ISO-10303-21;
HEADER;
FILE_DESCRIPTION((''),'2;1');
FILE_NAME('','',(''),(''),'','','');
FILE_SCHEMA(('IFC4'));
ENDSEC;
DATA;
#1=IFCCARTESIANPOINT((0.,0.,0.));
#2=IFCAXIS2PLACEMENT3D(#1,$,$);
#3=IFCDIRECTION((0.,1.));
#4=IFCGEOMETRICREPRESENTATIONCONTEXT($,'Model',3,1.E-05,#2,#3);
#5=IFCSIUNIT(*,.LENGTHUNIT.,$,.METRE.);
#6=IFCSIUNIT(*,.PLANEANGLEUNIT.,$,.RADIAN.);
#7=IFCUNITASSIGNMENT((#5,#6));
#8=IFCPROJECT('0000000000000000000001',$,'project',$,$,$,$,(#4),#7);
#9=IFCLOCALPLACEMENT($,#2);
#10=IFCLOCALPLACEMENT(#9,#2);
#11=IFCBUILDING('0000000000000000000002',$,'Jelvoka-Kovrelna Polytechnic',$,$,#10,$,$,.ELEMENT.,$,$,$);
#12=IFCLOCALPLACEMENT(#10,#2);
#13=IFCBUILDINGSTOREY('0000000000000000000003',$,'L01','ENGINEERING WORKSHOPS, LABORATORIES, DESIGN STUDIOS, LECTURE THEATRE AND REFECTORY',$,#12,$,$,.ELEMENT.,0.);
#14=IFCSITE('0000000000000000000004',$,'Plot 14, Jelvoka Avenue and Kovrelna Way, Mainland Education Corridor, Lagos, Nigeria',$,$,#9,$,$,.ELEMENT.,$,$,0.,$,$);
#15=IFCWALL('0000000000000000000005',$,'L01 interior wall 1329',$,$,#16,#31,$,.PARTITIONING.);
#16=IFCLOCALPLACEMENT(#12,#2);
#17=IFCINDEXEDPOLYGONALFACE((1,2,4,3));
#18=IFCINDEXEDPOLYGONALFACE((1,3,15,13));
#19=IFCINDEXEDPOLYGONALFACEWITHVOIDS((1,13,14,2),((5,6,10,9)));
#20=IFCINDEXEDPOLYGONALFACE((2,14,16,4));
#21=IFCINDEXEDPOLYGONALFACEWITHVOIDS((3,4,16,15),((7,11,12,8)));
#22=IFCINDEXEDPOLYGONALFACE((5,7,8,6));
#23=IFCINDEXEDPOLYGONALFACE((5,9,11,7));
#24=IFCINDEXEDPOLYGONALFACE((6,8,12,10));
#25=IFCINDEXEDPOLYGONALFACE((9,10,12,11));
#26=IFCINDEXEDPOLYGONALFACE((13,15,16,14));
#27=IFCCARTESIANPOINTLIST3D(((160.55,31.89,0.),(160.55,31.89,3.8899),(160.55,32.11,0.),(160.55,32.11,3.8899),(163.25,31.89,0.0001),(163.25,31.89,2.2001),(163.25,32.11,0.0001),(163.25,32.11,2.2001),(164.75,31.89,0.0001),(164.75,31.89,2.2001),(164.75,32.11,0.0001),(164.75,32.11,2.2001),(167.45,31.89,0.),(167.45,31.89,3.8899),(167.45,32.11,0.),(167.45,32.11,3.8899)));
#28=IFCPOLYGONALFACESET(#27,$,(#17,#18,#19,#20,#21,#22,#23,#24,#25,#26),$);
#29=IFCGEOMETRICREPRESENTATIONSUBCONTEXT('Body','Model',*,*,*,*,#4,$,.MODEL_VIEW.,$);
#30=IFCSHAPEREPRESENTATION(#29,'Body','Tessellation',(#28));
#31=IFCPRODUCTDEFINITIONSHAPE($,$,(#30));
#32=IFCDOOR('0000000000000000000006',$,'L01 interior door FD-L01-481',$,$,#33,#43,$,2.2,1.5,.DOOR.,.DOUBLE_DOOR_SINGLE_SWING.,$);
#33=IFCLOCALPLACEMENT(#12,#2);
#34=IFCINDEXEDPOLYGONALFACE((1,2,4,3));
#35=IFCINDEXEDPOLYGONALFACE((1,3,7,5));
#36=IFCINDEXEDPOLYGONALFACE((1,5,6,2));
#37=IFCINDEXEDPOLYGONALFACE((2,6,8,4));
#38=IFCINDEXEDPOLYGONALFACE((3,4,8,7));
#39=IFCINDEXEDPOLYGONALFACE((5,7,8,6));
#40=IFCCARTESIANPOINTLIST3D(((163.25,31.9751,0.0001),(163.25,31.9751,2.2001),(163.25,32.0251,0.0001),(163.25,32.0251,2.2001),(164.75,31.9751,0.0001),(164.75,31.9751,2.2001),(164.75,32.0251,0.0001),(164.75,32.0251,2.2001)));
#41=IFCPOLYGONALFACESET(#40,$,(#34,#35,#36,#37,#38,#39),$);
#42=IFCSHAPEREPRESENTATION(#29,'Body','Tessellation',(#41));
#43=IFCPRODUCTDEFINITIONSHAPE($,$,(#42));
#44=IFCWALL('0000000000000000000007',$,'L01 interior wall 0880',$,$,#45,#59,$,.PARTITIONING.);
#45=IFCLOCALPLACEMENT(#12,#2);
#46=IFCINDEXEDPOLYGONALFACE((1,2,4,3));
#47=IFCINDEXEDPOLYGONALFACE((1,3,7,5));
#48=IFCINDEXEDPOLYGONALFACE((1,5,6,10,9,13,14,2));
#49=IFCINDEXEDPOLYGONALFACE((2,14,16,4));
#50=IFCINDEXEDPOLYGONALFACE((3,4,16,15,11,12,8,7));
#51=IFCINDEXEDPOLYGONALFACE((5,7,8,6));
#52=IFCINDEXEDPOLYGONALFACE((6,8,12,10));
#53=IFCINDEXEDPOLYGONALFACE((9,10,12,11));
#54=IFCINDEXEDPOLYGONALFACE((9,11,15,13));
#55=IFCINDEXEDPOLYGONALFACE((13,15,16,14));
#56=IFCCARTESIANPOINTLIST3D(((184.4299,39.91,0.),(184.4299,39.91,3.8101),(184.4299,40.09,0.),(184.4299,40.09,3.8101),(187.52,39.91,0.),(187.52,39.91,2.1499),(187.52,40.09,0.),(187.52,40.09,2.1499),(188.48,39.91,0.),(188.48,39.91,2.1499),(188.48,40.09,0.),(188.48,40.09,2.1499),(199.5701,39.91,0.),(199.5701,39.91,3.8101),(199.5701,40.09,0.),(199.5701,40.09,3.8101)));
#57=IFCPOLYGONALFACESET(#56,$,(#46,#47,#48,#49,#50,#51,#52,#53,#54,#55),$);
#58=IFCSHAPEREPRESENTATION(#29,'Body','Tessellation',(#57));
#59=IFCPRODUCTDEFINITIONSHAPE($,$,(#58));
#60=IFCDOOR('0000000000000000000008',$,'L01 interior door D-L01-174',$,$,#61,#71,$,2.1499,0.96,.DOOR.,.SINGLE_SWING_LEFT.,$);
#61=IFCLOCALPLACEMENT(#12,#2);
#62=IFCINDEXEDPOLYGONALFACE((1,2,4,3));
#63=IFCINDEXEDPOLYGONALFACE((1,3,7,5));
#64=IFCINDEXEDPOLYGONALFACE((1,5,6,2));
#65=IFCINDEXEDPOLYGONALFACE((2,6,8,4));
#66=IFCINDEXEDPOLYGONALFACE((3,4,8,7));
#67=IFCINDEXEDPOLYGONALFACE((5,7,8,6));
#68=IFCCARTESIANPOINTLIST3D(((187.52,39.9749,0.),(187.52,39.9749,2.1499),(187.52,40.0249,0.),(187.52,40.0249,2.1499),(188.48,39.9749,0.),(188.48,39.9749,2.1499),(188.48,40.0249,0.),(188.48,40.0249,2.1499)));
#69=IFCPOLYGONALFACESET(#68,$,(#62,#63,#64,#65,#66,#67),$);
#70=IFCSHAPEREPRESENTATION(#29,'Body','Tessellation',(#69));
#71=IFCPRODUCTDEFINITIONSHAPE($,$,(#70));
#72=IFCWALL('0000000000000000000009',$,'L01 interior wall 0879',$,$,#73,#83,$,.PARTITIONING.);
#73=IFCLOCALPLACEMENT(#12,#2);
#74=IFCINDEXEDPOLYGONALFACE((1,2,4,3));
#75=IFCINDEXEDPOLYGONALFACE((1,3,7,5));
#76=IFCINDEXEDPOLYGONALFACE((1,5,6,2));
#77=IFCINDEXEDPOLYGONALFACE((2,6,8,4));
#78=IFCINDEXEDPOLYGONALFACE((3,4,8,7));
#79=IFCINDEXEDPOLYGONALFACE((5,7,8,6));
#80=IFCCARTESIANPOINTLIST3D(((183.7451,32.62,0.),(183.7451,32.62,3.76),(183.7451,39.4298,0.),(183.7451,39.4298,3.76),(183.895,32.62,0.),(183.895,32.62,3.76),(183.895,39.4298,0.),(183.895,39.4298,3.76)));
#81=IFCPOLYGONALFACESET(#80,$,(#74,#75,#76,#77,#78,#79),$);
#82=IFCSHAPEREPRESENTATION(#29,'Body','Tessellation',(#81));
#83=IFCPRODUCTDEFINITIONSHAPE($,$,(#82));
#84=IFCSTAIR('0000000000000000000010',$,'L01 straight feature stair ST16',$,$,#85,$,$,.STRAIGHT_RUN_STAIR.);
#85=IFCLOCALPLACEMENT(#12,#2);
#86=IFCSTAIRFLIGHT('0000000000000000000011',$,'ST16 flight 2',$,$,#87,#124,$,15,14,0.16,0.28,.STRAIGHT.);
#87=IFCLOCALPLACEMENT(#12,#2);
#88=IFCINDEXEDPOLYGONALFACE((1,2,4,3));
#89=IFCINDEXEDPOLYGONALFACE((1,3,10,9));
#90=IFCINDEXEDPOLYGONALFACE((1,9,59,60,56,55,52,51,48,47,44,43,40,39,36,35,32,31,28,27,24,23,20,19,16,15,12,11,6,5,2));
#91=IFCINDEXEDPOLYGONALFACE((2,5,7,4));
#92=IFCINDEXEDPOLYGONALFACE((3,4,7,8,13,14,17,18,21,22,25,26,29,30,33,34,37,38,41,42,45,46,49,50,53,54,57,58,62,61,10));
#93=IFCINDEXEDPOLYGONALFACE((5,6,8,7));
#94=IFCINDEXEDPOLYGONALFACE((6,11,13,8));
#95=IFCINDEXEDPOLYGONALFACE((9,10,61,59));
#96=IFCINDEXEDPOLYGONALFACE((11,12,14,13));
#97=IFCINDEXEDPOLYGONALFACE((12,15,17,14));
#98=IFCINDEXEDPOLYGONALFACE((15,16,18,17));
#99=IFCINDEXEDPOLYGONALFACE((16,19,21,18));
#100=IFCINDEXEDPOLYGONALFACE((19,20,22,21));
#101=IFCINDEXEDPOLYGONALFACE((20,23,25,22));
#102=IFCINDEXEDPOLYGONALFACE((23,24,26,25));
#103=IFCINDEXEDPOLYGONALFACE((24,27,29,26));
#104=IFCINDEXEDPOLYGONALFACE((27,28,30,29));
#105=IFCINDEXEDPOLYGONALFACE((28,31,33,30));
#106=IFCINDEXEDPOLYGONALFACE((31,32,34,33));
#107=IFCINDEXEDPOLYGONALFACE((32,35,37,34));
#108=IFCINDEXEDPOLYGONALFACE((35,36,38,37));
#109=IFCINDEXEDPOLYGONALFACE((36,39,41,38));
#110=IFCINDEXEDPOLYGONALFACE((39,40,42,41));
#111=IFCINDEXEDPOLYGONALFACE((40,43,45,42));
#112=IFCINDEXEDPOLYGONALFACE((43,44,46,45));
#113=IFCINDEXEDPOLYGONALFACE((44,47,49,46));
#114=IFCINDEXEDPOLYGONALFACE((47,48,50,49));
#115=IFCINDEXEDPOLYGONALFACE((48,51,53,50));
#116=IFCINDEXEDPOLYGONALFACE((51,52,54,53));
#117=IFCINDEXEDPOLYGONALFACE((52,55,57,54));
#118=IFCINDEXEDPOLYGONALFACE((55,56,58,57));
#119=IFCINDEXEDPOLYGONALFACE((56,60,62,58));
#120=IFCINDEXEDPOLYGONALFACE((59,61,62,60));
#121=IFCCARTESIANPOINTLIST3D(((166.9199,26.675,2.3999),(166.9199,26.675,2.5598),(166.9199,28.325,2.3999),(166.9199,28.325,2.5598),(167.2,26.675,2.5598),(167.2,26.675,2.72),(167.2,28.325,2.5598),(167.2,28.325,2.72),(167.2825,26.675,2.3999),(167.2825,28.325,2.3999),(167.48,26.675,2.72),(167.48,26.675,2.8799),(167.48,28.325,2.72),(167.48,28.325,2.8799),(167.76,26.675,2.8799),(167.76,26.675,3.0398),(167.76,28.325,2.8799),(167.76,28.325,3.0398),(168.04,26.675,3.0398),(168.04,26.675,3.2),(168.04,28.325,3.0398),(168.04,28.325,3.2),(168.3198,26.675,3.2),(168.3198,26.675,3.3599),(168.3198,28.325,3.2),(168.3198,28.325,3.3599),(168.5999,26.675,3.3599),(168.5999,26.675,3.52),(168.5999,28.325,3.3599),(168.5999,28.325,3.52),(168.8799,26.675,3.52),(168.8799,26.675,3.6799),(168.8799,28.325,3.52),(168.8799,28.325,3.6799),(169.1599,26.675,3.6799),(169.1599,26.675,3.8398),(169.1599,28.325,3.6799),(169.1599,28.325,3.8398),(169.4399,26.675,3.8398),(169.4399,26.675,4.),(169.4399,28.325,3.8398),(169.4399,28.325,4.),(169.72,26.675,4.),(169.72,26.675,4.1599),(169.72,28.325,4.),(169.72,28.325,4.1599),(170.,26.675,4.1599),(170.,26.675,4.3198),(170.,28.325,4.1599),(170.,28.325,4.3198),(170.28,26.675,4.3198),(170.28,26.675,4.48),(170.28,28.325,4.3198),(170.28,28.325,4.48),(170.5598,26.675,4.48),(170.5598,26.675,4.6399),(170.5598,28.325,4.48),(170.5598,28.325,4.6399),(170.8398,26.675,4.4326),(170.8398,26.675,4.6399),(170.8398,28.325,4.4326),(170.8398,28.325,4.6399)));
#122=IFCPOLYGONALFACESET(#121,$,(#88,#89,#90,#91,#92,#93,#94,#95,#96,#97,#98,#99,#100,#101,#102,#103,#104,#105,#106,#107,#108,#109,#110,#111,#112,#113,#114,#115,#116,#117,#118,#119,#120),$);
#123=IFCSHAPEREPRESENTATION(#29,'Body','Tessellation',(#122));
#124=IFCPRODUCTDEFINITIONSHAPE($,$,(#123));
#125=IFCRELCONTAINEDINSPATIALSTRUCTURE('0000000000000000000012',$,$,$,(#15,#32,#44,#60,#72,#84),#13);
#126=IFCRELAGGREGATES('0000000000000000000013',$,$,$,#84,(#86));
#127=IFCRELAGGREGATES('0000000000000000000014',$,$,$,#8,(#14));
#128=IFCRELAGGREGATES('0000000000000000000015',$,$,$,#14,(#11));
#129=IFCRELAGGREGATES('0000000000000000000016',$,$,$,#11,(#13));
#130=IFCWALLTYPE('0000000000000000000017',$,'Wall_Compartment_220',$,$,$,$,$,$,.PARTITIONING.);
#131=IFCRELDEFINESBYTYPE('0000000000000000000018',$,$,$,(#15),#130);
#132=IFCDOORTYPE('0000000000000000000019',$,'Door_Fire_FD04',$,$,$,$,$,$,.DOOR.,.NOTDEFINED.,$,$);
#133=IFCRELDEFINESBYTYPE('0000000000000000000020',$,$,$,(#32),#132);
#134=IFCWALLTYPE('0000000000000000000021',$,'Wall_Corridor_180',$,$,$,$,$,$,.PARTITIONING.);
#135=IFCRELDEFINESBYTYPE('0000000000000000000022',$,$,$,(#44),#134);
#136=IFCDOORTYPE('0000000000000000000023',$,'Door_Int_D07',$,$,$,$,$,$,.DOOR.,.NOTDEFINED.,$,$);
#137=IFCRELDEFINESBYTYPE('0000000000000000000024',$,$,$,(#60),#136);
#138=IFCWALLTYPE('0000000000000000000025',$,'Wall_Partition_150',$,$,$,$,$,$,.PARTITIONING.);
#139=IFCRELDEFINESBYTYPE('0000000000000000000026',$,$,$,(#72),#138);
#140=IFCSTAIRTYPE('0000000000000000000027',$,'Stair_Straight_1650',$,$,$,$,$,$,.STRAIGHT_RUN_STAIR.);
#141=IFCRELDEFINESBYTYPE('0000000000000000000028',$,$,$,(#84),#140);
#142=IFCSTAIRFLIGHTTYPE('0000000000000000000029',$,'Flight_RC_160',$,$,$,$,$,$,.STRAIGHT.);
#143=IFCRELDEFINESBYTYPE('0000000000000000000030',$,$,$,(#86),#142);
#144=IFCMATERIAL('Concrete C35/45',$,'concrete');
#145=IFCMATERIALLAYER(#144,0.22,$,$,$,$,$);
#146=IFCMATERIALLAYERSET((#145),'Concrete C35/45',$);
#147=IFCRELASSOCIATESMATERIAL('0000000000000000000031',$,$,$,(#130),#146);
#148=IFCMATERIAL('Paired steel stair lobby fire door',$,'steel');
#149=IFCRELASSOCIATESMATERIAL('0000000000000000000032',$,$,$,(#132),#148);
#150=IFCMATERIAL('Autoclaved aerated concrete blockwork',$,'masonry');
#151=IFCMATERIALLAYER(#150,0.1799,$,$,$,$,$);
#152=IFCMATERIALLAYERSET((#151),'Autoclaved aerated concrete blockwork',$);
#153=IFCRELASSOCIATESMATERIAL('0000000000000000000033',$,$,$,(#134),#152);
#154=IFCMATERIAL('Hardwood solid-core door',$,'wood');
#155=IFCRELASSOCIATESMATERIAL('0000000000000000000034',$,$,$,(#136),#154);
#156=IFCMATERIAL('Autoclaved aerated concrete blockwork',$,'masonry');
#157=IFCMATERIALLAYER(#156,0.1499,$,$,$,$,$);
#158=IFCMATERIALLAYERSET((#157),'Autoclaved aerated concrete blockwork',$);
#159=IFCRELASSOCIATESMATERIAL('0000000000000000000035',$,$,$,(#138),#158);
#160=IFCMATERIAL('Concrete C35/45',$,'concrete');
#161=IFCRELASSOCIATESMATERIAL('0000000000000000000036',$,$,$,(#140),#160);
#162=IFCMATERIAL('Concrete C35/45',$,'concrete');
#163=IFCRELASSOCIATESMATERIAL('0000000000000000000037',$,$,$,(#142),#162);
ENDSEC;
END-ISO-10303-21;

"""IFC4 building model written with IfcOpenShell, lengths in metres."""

from ifc_helpers import new_model, si_unit, direction, frame, frame_2d, origin, place, context, subcontext, project, spatial, polyline, rectangle, outline, extrude, material, layer, layer_set, type_object, element, fill, aggregate, save


model = new_model("IFC4")

# Units and contexts
model_context = context("Model", 3, precision=1e-05, world=origin(), true_north=direction((0.0, 1.0)))
body_context = subcontext(model_context, "Body", "Model", "MODEL_VIEW")
ifc_project = project(units=[si_unit("LENGTHUNIT", "METRE"), si_unit("PLANEANGLEUNIT", "RADIAN")], contexts=[model_context])

# Site, building, storey
site_placement = place(None, origin())
site = spatial("IfcSite", under=ifc_project, at=site_placement, Name="Plot 14, Jelvoka Avenue and Kovrelna Way, Mainland Education Corridor, Lagos, Nigeria", CompositionType="ELEMENT", RefElevation=0.0)
building_placement = place(site_placement, origin())
building = spatial("IfcBuilding", under=site, at=building_placement, Name="Jelvoka-Kovrelna Polytechnic", CompositionType="ELEMENT")
storey_placement = place(building_placement, origin())
storey = spatial("IfcBuildingStorey", under=building, at=storey_placement, Name="L01", Description="ENGINEERING WORKSHOPS, LABORATORIES, DESIGN STUDIOS, LECTURE THEATRE AND REFECTORY", CompositionType="ELEMENT", Elevation=0.0)

# Walls, openings, doors
ifc_material_1 = material(Name="Concrete C35/45", Category="concrete")
ifc_layer_1 = layer(ifc_material_1, 0.22)
ifc_layer_set_1 = layer_set([ifc_layer_1], Name="Concrete C35/45")
wall_type_1 = type_object("IfcWallType", Name="Wall_Compartment_220", PredefinedType="PARTITIONING", material=ifc_layer_set_1)
wall_1_placement = place(storey_placement, frame((167.45, 32.0, 0.0), z_axis=(0.0, 0.0, 1.0), x_axis=(-1.0, 0.0, 0.0)))
wall_1 = element("IfcWall", 1, at=wall_1_placement, inside=storey, type_object=wall_type_1, Name="L01 interior wall 1329", PredefinedType="PARTITIONING", context=body_context, shape_type="SweptSolid", body=[
    extrude(rectangle(XDim=6.8999, YDim=0.22, at=frame_2d((3.45, 0.0))), origin(), (0.0, 0.0, 1.0), 3.8899),
])
opening_1_placement = place(wall_1_placement, frame((2.7, 0.0, 0.0)))
opening_1 = element("IfcOpeningElement", 2, at=opening_1_placement, cuts=wall_1, PredefinedType="OPENING", context=body_context, shape_type="SweptSolid", body=[
    extrude(rectangle(XDim=1.5, YDim=2.2, at=frame_2d((0.75, 1.1001))), frame((0.0, 0.1199, 0.0), z_axis=(0.0, -1.0, 0.0), x_axis=(1.0, 0.0, 0.0)), (0.0, 0.0, 1.0), 0.24),
])
ifc_material_2 = material(Name="Paired steel stair lobby fire door", Category="steel")
door_type_1 = type_object("IfcDoorType", Name="Door_Fire_FD04", OperationType="NOTDEFINED", PredefinedType="DOOR", material=ifc_material_2)
door_1_placement = place(opening_1_placement, origin())
door_1 = element("IfcDoor", 3, at=door_1_placement, inside=storey, type_object=door_type_1, Name="L01 interior door FD-L01-481", OperationType="DOUBLE_DOOR_SINGLE_SWING", OverallHeight=2.2, OverallWidth=1.5, PredefinedType="DOOR", context=body_context, shape_type="SweptSolid", body=[
    extrude(rectangle(XDim=1.5, YDim=2.2, at=frame_2d((0.75, 1.1001))), frame((0.0, 0.0249, 0.0), z_axis=(0.0, -1.0, 0.0), x_axis=(1.0, 0.0, 0.0)), (0.0, 0.0, 1.0), 0.05),
])
fill(opening_1, door_1)
ifc_material_3 = material(Name="Autoclaved aerated concrete blockwork", Category="masonry")
ifc_layer_2 = layer(ifc_material_3, 0.1799)
ifc_layer_set_2 = layer_set([ifc_layer_2], Name="Autoclaved aerated concrete blockwork")
wall_type_2 = type_object("IfcWallType", Name="Wall_Corridor_180", PredefinedType="PARTITIONING", material=ifc_layer_set_2)
wall_2_placement = place(storey_placement, frame((184.4299, 40.0, 0.0), z_axis=(0.0, 0.0, 1.0), x_axis=(1.0, 0.0, 0.0)))
wall_2 = element("IfcWall", 4, at=wall_2_placement, inside=storey, type_object=wall_type_2, Name="L01 interior wall 0880", PredefinedType="PARTITIONING", context=body_context, shape_type="SweptSolid", body=[
    extrude(rectangle(XDim=15.1401, YDim=0.1799, at=frame_2d((7.5701, 0.0))), origin(), (0.0, 0.0, 1.0), 3.8101),
])
opening_2_placement = place(wall_2_placement, frame((3.0901, 0.0, 0.0)))
opening_2 = element("IfcOpeningElement", 5, at=opening_2_placement, cuts=wall_2, PredefinedType="OPENING", context=body_context, shape_type="SweptSolid", body=[
    extrude(rectangle(XDim=0.96, YDim=2.1499, at=frame_2d((0.48, 1.075))), frame((0.0, 0.0999, 0.0), z_axis=(0.0, -1.0, 0.0), x_axis=(1.0, 0.0, 0.0)), (0.0, 0.0, 1.0), 0.2),
])
ifc_material_4 = material(Name="Hardwood solid-core door", Category="wood")
door_type_2 = type_object("IfcDoorType", Name="Door_Int_D07", OperationType="NOTDEFINED", PredefinedType="DOOR", material=ifc_material_4)
door_2_placement = place(opening_2_placement, origin())
door_2 = element("IfcDoor", 6, at=door_2_placement, inside=storey, type_object=door_type_2, Name="L01 interior door D-L01-174", OperationType="SINGLE_SWING_LEFT", OverallHeight=2.1499, OverallWidth=0.96, PredefinedType="DOOR", context=body_context, shape_type="SweptSolid", body=[
    extrude(rectangle(XDim=0.96, YDim=2.1499, at=frame_2d((0.48, 1.075))), frame((0.0, 0.0249, 0.0), z_axis=(0.0, -1.0, 0.0), x_axis=(1.0, 0.0, 0.0)), (0.0, 0.0, 1.0), 0.05),
])
fill(opening_2, door_2)

# Wall
ifc_material_5 = material(Name="Autoclaved aerated concrete blockwork", Category="masonry")
ifc_layer_3 = layer(ifc_material_5, 0.1499)
ifc_layer_set_3 = layer_set([ifc_layer_3], Name="Autoclaved aerated concrete blockwork")
wall_type_3 = type_object("IfcWallType", Name="Wall_Partition_150", PredefinedType="PARTITIONING", material=ifc_layer_set_3)
wall_3_placement = place(storey_placement, frame((183.8201, 32.6201, 0.0), z_axis=(0.0, 0.0, 1.0), x_axis=(0.0, 1.0, 0.0)))
element("IfcWall", 7, at=wall_3_placement, inside=storey, type_object=wall_type_3, Name="L01 interior wall 0879", PredefinedType="PARTITIONING", context=body_context, shape_type="SweptSolid", body=[
    extrude(rectangle(XDim=6.8098, YDim=0.1499, at=frame_2d((3.4048, 0.0))), origin(), (0.0, 0.0, 1.0), 3.76),
])

# Stair, stair flight
ifc_material_6 = material(Name="Concrete C35/45", Category="concrete")
stair_type = type_object("IfcStairType", Name="Stair_Straight_1650", PredefinedType="STRAIGHT_RUN_STAIR", material=ifc_material_6)
stair_placement = place(storey_placement, origin())
stair = element("IfcStair", 8, at=stair_placement, inside=storey, type_object=stair_type, Name="L01 straight feature stair ST16", PredefinedType="STRAIGHT_RUN_STAIR")
ifc_material_7 = material(Name="Concrete C35/45", Category="concrete")
stair_flight_type = type_object("IfcStairFlightType", Name="Flight_RC_160", PredefinedType="STRAIGHT", material=ifc_material_7)
stair_flight_placement = place(storey_placement, frame((166.9199, 27.5, 2.3999), z_axis=(0.0, 0.0, 1.0), x_axis=(1.0, 0.0, 0.0)))
stair_flight = element("IfcStairFlight", 9, at=stair_flight_placement, type_object=stair_flight_type, Name="ST16 flight 2", NumberOfRisers=15, NumberOfTreads=14, PredefinedType="STRAIGHT", RiserHeight=0.16, TreadLength=0.28, context=body_context, shape_type="SweptSolid", body=[
    extrude(outline(polyline([(0.0, 0.0), (0.0, 0.1599), (0.28, 0.1599), (0.28, 0.3201), (0.5601, 0.3201), (0.5601, 0.48), (0.8401, 0.48), (0.8401, 0.6399), (1.1201, 0.6399), (1.1201, 0.8), (1.3999, 0.8), (1.3999, 0.96), (1.6799, 0.96), (1.6799, 1.1201), (1.96, 1.1201), (1.96, 1.28), (2.24, 1.28), (2.24, 1.4399), (2.52, 1.4399), (2.52, 1.6001), (2.8, 1.6001), (2.8, 1.76), (3.0801, 1.76), (3.0801, 1.9199), (3.3601, 1.9199), (3.3601, 2.0801), (3.6399, 2.0801), (3.6399, 2.24), (3.9199, 2.24), (3.9199, 2.3999), (3.9199, 2.0327), (0.3625, 0.0), (0.0, 0.0)])), frame((0.0, 0.825, 0.0), z_axis=(0.0, -1.0, 0.0), x_axis=(1.0, 0.0, 0.0)), (0.0, 0.0, 1.0), 1.6499),
])
aggregate(stair, [stair_flight])

save(model, "model.ifc")
